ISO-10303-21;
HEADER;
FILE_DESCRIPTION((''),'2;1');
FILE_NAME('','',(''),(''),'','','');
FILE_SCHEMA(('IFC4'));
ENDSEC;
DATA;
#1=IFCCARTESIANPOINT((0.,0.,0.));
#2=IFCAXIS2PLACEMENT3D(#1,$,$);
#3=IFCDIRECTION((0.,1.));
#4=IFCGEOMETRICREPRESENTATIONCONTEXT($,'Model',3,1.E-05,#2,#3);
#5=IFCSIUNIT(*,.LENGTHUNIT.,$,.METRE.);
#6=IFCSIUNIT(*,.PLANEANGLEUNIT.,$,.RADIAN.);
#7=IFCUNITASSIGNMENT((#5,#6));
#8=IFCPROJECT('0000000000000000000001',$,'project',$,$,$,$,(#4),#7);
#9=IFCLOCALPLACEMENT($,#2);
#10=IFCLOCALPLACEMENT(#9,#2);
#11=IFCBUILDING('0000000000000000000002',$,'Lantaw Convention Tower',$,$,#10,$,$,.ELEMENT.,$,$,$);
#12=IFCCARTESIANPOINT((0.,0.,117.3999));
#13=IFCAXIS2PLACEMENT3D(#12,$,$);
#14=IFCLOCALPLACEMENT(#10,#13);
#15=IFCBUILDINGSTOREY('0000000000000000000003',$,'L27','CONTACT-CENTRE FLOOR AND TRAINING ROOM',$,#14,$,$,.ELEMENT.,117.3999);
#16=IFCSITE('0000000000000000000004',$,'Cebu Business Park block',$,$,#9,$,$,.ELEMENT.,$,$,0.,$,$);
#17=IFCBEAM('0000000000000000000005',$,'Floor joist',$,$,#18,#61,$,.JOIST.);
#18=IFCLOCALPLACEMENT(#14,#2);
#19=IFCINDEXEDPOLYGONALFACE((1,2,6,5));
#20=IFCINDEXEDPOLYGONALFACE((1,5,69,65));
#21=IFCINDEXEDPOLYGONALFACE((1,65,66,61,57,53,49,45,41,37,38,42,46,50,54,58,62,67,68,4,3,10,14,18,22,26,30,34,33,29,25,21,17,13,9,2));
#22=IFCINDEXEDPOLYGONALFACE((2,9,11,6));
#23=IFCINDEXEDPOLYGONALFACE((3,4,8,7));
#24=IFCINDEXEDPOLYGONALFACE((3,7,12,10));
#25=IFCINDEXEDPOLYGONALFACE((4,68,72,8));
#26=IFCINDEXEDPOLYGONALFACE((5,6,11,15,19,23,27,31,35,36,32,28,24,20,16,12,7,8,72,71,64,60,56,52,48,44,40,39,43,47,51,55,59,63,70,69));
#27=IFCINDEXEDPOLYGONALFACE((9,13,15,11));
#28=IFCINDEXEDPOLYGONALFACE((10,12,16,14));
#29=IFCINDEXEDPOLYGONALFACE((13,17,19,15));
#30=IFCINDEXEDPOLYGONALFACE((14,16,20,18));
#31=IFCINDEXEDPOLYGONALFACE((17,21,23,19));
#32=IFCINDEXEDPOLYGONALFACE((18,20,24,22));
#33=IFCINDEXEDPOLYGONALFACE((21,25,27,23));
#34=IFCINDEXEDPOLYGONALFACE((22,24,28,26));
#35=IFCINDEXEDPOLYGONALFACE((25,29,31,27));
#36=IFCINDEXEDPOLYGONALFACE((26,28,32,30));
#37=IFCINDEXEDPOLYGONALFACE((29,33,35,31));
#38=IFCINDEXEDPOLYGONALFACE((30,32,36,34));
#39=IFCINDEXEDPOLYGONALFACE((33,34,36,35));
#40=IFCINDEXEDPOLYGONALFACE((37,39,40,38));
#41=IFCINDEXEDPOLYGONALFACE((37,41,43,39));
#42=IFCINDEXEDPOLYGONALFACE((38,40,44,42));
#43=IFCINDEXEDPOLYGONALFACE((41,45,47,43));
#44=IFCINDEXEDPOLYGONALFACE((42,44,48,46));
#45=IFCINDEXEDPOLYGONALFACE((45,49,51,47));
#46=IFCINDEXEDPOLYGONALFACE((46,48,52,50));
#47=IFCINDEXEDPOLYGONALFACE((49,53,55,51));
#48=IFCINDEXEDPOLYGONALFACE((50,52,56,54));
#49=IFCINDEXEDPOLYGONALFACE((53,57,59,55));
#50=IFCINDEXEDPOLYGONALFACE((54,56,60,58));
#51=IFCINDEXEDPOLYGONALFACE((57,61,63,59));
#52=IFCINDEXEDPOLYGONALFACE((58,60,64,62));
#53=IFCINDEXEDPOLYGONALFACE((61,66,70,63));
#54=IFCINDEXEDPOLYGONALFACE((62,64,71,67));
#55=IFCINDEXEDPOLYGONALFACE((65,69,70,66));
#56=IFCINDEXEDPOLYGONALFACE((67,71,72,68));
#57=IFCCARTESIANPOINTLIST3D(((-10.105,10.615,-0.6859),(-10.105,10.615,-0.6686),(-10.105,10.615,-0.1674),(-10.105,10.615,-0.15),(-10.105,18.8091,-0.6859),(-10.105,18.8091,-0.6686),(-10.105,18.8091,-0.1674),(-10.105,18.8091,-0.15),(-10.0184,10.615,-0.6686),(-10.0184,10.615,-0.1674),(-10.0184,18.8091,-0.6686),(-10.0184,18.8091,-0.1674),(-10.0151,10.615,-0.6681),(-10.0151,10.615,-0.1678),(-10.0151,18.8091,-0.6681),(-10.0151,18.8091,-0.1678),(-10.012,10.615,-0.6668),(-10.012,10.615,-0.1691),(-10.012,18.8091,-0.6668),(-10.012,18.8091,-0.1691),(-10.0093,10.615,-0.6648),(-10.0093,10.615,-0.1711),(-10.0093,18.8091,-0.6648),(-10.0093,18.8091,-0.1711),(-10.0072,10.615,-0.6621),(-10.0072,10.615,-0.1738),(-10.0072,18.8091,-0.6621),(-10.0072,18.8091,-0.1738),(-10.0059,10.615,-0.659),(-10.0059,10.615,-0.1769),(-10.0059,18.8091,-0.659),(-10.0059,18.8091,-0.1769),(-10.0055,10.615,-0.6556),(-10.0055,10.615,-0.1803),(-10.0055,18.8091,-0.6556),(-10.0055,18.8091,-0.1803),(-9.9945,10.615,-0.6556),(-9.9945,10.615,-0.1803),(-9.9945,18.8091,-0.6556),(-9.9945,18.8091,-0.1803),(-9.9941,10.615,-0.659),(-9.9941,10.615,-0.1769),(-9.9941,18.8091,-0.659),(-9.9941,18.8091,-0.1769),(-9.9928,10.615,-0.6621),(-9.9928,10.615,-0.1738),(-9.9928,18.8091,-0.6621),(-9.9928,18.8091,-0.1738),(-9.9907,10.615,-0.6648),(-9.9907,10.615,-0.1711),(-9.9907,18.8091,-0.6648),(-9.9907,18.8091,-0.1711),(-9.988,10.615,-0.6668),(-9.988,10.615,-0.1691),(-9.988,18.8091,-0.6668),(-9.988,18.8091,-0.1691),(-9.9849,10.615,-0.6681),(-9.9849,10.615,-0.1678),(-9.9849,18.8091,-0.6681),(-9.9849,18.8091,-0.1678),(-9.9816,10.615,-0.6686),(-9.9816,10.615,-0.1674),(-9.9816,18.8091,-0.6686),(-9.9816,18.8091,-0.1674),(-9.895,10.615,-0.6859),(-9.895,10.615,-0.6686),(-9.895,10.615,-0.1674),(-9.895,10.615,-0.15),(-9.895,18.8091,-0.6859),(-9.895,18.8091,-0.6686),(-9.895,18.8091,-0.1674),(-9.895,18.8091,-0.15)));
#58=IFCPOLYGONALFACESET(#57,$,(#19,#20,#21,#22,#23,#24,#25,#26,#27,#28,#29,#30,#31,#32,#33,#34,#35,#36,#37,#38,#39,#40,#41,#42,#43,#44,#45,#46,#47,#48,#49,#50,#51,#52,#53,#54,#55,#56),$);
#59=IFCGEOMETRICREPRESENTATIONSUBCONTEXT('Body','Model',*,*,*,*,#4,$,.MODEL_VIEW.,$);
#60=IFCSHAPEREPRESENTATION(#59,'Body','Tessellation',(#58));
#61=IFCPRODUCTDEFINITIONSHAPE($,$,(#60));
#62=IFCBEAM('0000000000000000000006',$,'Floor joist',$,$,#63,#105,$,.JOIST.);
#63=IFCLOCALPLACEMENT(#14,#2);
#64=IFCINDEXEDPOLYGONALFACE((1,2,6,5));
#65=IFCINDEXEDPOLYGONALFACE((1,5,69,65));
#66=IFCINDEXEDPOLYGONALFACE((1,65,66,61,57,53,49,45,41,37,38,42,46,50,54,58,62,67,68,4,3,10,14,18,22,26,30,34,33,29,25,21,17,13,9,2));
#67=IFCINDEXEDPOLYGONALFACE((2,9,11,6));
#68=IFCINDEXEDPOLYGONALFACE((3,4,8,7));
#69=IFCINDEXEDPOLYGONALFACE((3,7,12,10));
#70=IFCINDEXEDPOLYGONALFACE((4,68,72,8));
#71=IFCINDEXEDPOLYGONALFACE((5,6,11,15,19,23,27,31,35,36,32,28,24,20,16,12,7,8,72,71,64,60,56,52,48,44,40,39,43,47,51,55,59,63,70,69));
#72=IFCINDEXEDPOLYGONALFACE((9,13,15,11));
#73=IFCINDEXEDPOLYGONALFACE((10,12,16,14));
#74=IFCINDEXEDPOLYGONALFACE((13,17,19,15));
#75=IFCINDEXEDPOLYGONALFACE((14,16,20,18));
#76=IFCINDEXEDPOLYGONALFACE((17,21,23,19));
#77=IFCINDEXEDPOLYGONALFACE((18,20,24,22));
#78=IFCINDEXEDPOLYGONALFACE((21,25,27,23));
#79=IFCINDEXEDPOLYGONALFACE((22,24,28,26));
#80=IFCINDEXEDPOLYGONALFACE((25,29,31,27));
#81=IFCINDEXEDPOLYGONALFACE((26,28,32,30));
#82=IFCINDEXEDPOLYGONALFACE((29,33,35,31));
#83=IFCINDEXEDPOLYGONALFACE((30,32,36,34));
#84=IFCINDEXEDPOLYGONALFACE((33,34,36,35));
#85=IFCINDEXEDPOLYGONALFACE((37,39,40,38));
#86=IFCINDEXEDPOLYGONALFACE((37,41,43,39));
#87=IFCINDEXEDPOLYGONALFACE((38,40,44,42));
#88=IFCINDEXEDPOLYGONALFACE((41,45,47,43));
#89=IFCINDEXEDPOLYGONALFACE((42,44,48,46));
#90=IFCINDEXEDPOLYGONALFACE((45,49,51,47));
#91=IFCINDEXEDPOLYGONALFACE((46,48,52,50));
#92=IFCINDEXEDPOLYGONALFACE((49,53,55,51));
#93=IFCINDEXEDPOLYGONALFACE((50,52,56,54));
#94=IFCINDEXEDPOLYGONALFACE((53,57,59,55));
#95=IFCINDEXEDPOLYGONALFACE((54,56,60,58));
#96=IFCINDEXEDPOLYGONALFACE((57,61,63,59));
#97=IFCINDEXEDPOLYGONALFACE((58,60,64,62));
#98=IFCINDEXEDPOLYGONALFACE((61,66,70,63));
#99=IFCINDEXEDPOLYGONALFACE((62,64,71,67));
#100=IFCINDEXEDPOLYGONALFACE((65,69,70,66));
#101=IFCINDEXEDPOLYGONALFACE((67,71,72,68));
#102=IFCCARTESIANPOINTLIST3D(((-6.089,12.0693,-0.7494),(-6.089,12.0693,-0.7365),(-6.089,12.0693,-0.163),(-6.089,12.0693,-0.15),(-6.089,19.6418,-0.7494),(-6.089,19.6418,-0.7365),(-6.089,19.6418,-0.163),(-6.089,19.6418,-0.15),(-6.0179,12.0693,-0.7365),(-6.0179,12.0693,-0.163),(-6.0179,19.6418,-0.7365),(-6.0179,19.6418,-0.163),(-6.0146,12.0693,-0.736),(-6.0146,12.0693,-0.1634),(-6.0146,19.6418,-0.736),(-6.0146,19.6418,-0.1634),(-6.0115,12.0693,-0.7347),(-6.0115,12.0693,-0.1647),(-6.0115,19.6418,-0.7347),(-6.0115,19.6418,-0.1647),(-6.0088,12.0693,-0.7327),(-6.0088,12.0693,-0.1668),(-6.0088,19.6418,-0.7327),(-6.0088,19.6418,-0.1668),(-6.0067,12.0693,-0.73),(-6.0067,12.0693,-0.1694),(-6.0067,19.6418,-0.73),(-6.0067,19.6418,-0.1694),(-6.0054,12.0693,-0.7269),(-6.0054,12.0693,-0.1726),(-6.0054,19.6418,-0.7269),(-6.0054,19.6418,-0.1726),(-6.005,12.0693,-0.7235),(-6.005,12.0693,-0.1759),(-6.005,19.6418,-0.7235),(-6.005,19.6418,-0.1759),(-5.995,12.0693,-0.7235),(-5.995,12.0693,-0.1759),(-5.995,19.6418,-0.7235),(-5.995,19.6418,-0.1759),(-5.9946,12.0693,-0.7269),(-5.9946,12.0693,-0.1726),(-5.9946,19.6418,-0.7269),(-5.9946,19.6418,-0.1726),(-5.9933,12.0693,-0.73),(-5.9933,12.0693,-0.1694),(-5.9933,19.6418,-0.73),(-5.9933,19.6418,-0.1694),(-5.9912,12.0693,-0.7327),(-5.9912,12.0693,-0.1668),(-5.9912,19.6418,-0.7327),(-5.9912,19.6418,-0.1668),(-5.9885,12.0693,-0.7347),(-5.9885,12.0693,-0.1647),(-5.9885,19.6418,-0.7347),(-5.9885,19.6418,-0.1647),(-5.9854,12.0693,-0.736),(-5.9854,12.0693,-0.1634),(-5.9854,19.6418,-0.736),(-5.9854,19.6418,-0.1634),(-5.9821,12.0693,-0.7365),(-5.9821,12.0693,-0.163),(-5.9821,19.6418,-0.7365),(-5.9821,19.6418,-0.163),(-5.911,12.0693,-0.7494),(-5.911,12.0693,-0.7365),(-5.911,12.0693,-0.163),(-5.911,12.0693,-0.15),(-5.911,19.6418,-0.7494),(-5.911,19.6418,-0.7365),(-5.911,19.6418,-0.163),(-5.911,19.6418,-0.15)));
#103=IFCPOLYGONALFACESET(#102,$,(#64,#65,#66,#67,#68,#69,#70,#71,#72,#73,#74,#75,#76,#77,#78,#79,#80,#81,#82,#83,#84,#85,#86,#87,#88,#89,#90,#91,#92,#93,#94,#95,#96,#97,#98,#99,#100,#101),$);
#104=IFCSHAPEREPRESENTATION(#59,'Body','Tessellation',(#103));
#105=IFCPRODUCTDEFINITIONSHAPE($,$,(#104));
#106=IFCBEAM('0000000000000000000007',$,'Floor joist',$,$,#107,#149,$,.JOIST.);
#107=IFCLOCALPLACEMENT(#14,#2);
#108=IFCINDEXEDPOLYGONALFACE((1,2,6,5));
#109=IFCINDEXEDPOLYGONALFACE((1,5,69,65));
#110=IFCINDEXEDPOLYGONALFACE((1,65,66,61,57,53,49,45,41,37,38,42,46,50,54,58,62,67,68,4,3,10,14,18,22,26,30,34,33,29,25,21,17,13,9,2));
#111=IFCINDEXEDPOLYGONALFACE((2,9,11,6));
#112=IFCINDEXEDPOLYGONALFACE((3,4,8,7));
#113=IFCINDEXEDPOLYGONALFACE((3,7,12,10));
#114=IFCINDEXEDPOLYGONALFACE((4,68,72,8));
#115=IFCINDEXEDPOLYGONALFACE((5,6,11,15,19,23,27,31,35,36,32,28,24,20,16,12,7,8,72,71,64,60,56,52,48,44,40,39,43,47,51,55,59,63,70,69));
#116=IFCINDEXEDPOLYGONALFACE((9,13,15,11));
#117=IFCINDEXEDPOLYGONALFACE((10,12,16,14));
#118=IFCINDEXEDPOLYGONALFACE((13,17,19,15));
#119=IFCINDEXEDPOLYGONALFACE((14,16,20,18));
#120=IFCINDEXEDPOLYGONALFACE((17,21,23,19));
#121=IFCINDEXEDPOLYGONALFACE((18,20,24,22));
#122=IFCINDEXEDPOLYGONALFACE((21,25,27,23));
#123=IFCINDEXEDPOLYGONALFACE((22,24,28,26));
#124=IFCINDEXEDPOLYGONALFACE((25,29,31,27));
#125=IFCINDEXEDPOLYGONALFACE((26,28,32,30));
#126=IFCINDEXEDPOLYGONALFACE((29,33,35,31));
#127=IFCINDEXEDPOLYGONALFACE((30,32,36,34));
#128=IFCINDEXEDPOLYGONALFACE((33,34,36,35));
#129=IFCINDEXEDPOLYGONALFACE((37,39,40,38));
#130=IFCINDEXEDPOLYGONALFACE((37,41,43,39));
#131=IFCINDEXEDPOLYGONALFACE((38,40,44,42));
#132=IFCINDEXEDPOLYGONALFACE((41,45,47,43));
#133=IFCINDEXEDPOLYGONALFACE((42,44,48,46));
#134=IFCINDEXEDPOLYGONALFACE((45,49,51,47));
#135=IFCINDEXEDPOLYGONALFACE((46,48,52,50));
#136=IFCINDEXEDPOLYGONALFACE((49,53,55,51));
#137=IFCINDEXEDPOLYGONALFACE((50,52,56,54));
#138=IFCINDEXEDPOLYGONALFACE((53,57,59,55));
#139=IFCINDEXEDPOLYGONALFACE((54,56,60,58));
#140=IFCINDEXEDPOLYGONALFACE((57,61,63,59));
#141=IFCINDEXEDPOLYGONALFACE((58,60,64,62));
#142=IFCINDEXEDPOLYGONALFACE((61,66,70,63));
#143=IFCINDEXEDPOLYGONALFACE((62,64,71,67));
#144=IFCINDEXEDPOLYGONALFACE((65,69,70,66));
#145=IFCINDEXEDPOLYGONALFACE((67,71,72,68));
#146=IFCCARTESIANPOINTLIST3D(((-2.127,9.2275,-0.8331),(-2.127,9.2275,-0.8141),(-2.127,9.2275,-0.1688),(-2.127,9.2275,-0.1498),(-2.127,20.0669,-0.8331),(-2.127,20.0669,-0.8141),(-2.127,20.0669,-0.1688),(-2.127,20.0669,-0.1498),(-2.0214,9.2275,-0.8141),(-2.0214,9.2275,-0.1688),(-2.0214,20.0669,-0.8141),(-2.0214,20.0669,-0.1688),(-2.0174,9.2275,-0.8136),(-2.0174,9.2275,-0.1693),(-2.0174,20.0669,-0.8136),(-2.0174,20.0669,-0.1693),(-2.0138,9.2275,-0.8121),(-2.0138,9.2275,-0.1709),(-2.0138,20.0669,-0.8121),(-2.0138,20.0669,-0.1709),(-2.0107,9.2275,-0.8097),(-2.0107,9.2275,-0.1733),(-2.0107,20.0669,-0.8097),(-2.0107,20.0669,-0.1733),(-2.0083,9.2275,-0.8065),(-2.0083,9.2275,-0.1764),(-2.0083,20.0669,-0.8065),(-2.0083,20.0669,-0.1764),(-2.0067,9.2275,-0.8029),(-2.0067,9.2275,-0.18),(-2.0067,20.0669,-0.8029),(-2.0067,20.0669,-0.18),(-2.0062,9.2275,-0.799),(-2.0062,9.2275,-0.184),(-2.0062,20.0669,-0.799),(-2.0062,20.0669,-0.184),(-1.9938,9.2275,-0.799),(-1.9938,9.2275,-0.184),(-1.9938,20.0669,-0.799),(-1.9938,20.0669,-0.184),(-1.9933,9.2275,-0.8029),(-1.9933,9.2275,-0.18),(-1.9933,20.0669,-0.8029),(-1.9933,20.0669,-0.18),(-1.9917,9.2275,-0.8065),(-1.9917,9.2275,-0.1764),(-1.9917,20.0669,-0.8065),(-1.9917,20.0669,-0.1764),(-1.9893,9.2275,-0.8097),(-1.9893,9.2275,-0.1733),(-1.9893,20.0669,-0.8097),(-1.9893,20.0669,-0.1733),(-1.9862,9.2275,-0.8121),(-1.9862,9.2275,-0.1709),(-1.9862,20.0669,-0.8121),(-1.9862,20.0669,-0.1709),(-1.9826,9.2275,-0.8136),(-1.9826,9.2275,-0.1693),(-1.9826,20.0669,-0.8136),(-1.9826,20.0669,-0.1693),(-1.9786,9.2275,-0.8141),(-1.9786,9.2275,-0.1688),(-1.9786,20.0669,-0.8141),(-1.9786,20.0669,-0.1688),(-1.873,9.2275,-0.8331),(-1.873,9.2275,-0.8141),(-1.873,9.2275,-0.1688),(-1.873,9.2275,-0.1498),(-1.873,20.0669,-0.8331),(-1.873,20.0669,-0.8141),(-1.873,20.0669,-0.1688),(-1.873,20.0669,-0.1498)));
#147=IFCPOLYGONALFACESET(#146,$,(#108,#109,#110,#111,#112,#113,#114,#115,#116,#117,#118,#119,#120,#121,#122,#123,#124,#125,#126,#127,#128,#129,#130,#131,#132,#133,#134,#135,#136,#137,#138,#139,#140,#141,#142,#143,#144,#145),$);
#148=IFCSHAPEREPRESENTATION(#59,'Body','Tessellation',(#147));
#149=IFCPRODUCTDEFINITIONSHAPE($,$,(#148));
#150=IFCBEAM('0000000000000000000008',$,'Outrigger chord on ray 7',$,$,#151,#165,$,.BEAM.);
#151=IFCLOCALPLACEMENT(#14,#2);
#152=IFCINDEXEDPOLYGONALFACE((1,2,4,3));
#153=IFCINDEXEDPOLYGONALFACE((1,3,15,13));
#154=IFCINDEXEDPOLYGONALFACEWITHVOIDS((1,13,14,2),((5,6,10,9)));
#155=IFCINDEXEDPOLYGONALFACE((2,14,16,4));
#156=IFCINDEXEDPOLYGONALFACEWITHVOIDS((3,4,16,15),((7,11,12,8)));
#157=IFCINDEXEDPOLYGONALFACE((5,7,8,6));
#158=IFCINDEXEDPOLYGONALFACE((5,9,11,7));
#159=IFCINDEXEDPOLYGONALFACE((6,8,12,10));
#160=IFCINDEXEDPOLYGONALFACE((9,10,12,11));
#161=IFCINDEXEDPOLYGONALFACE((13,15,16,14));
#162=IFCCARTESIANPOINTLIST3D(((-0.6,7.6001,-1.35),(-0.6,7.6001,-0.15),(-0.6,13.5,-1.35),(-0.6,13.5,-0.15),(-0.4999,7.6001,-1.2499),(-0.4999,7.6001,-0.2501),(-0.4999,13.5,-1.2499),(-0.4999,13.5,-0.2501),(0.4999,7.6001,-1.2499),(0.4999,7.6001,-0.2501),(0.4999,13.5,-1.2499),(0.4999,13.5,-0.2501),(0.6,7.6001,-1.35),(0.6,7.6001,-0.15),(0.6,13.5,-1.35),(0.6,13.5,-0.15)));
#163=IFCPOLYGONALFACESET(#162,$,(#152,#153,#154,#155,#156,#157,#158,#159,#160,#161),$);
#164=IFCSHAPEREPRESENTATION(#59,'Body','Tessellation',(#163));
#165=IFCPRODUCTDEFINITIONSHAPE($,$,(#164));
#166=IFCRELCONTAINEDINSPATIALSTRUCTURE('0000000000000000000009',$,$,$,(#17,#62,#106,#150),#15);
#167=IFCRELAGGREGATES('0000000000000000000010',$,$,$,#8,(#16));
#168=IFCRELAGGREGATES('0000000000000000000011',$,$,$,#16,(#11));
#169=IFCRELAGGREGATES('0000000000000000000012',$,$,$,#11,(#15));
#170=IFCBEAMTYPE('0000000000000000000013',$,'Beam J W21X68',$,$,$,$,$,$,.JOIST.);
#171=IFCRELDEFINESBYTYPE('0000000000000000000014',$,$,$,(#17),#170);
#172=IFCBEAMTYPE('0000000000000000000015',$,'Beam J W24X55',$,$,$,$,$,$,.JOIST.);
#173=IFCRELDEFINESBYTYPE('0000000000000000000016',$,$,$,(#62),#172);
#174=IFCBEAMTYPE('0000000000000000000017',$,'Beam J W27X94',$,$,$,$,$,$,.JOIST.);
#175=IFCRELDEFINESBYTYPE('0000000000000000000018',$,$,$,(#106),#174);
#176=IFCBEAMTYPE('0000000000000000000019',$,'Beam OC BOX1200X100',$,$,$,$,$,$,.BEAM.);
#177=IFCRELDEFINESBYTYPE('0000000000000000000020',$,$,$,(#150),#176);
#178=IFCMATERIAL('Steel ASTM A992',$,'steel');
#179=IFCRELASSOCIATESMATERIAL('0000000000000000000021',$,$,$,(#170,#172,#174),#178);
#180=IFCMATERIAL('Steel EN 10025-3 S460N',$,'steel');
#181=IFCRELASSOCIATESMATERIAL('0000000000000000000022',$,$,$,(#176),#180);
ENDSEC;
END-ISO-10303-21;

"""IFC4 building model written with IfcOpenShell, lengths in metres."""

from ifc_helpers import new_model, si_unit, direction, frame, origin, origin_2d, place, context, subcontext, project, spatial, hollow_rectangle, i_section, extrude, material, material_profile, profile_set, type_object, element, save


model = new_model("IFC4")

# Units and contexts
model_context = context("Model", 3, precision=1e-05, world=origin(), true_north=direction((0.0, 1.0)))
body_context = subcontext(model_context, "Body", "Model", "MODEL_VIEW")
ifc_project = project(units=[si_unit("LENGTHUNIT", "METRE"), si_unit("PLANEANGLEUNIT", "RADIAN")], contexts=[model_context])

# Site, building, storey
site_placement = place(None, origin())
site = spatial("IfcSite", under=ifc_project, at=site_placement, Name="Cebu Business Park block", CompositionType="ELEMENT", RefElevation=0.0)
building_placement = place(site_placement, origin())
building = spatial("IfcBuilding", under=site, at=building_placement, Name="Lantaw Convention Tower", CompositionType="ELEMENT")
storey_placement = place(building_placement, frame((0.0, 0.0, 117.3999)))
storey = spatial("IfcBuildingStorey", under=building, at=storey_placement, Name="L27", Description="CONTACT-CENTRE FLOOR AND TRAINING ROOM", CompositionType="ELEMENT", Elevation=117.3999)

# Shared definitions
ifc_material_1 = material(Name="Steel EN 10025-3 S460N", Category="steel")

# Beams
ifc_material_2 = material(Name="Steel ASTM A992", Category="steel")
ifc_material_profile_1 = material_profile(ifc_material_2, i_section(OverallWidth=0.21, OverallDepth=0.5359, WebThickness=0.011, FlangeThickness=0.0173, FilletRadius=0.0129, at=origin_2d()), Name="W21X68")
ifc_profile_set_1 = profile_set([ifc_material_profile_1], Name="Steel ASTM A992")
beam_type_1 = type_object("IfcBeamType", Name="Beam J W21X68", PredefinedType="JOIST", material=ifc_profile_set_1)
beam_1_placement = place(storey_placement, frame((-10.0, 10.615, -0.418), z_axis=(0.0, 1.0, 0.0), x_axis=(-1.0, 0.0, 0.0)))
element("IfcBeam", 1, at=beam_1_placement, inside=storey, type_object=beam_type_1, Name="Floor joist", PredefinedType="JOIST", context=body_context, shape_type="SweptSolid", body=[
    extrude(i_section(OverallWidth=0.21, OverallDepth=0.5359, WebThickness=0.011, FlangeThickness=0.0173, FilletRadius=0.0129, at=origin_2d()), origin(), (0.0, 0.0, 1.0), 8.1941),
])
ifc_material_profile_2 = material_profile(ifc_material_2, i_section(OverallWidth=0.178, OverallDepth=0.5994, WebThickness=0.01, FlangeThickness=0.0129, FilletRadius=0.0129, at=origin_2d()), Name="W24X55")
ifc_profile_set_2 = profile_set([ifc_material_profile_2], Name="Steel ASTM A992")
beam_type_2 = type_object("IfcBeamType", Name="Beam J W24X55", PredefinedType="JOIST", material=ifc_profile_set_2)
beam_2_placement = place(storey_placement, frame((-6.0, 12.0693, -0.4497), z_axis=(0.0, 1.0, 0.0), x_axis=(-1.0, 0.0, 0.0)))
element("IfcBeam", 2, at=beam_2_placement, inside=storey, type_object=beam_type_2, Name="Floor joist", PredefinedType="JOIST", context=body_context, shape_type="SweptSolid", body=[
    extrude(i_section(OverallWidth=0.178, OverallDepth=0.5994, WebThickness=0.01, FlangeThickness=0.0129, FilletRadius=0.0129, at=origin_2d()), origin(), (0.0, 0.0, 1.0), 7.5725),
])
ifc_material_profile_3 = material_profile(ifc_material_2, i_section(OverallWidth=0.2539, OverallDepth=0.6833, WebThickness=0.0125, FlangeThickness=0.019, FilletRadius=0.0151, at=origin_2d()), Name="W27X94")
ifc_profile_set_3 = profile_set([ifc_material_profile_3], Name="Steel ASTM A992")
beam_type_3 = type_object("IfcBeamType", Name="Beam J W27X94", PredefinedType="JOIST", material=ifc_profile_set_3)
beam_3_placement = place(storey_placement, frame((-2.0, 9.2275, -0.4915), z_axis=(0.0, 1.0, 0.0), x_axis=(-1.0, 0.0, 0.0)))
element("IfcBeam", 3, at=beam_3_placement, inside=storey, type_object=beam_type_3, Name="Floor joist", PredefinedType="JOIST", context=body_context, shape_type="SweptSolid", body=[
    extrude(i_section(OverallWidth=0.2539, OverallDepth=0.6833, WebThickness=0.0125, FlangeThickness=0.019, FilletRadius=0.0151, at=origin_2d()), origin(), (0.0, 0.0, 1.0), 10.8394),
])
ifc_material_profile_4 = material_profile(ifc_material_1, hollow_rectangle(XDim=1.2, YDim=1.2, WallThickness=0.1001, at=origin_2d()), Name="BOX1200X100")
ifc_profile_set_4 = profile_set([ifc_material_profile_4], Name="Steel EN 10025-3 S460N")
beam_type_4 = type_object("IfcBeamType", Name="Beam OC BOX1200X100", PredefinedType="BEAM", material=ifc_profile_set_4)
beam_4_placement = place(storey_placement, frame((0.0, 7.6001, -0.75), z_axis=(0.0, 1.0, 0.0), x_axis=(-1.0, 0.0, 0.0)))
element("IfcBeam", 4, at=beam_4_placement, inside=storey, type_object=beam_type_4, Name="Outrigger chord on ray 7", PredefinedType="BEAM", context=body_context, shape_type="SweptSolid", body=[
    extrude(hollow_rectangle(XDim=1.2, YDim=1.2, WallThickness=0.1001, at=origin_2d()), origin(), (0.0, 0.0, 1.0), 5.8999),
])

save(model, "model.ifc")
